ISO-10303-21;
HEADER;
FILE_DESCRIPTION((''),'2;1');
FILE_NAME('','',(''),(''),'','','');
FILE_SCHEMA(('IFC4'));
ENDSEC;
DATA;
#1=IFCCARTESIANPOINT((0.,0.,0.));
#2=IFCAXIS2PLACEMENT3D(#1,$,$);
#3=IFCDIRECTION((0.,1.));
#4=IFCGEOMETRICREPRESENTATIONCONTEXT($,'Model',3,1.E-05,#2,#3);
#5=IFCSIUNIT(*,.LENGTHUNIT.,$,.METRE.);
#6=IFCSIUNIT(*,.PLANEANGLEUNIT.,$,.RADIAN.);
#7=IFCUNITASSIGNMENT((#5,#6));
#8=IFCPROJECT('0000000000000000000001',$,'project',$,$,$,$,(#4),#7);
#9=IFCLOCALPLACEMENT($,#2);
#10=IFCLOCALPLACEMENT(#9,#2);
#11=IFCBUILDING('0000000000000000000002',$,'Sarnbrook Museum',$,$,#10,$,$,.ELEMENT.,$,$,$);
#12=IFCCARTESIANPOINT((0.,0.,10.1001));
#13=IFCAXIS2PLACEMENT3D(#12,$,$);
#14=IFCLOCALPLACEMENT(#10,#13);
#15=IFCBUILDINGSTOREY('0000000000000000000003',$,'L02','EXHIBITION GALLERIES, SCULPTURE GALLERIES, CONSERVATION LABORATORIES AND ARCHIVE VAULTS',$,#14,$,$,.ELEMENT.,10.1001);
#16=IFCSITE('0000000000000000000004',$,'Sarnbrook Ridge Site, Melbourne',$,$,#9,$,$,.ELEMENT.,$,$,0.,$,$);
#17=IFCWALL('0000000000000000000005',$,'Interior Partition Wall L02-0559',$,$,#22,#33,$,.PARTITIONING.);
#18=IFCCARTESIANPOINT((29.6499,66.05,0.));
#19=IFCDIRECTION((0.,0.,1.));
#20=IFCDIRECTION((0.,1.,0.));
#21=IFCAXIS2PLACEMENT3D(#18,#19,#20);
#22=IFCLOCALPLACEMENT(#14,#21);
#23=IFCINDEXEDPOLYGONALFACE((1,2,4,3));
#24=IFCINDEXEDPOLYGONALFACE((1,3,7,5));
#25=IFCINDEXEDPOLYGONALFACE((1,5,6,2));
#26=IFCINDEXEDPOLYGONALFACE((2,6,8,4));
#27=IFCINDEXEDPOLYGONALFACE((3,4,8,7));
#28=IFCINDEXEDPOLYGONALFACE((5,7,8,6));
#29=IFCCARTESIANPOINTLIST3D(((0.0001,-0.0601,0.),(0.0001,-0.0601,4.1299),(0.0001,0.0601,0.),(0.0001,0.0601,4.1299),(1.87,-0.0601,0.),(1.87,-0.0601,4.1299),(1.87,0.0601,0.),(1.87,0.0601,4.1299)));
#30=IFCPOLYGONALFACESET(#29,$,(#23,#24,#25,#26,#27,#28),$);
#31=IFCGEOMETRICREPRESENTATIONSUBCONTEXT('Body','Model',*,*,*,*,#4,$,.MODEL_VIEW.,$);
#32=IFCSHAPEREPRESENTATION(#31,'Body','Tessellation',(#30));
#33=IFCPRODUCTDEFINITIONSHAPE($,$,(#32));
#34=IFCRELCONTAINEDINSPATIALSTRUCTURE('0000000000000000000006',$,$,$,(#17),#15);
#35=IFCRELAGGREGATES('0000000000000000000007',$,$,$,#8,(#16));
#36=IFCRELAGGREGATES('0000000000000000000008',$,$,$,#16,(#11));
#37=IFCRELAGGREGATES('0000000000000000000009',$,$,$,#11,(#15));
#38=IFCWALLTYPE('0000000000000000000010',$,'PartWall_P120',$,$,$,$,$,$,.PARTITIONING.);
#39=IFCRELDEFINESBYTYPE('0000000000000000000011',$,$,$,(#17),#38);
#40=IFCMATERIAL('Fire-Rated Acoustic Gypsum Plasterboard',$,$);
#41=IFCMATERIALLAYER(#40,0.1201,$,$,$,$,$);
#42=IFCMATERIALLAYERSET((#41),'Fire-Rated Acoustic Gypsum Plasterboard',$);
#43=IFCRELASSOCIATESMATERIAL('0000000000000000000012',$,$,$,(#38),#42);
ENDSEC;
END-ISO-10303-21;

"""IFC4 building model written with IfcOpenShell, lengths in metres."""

from ifc_helpers import new_model, si_unit, direction, frame, frame_2d, origin, place, context, subcontext, project, spatial, rectangle, extrude, material, layer, layer_set, type_object, element, save


model = new_model("IFC4")

# Units and contexts
model_context = context("Model", 3, precision=1e-05, world=origin(), true_north=direction((0.0, 1.0)))
body_context = subcontext(model_context, "Body", "Model", "MODEL_VIEW")
ifc_project = project(units=[si_unit("LENGTHUNIT", "METRE"), si_unit("PLANEANGLEUNIT", "RADIAN")], contexts=[model_context])

# Site, building, storey
site_placement = place(None, origin())
site = spatial("IfcSite", under=ifc_project, at=site_placement, Name="Sarnbrook Ridge Site, Melbourne", CompositionType="ELEMENT", RefElevation=0.0)
building_placement = place(site_placement, origin())
building = spatial("IfcBuilding", under=site, at=building_placement, Name="Sarnbrook Museum", CompositionType="ELEMENT")
storey_placement = place(building_placement, frame((0.0, 0.0, 10.1001)))
storey = spatial("IfcBuildingStorey", under=building, at=storey_placement, Name="L02", Description="EXHIBITION GALLERIES, SCULPTURE GALLERIES, CONSERVATION LABORATORIES AND ARCHIVE VAULTS", CompositionType="ELEMENT", Elevation=10.1001)

# Wall
ifc_material_1 = material(Name="Fire-Rated Acoustic Gypsum Plasterboard")
ifc_layer_1 = layer(ifc_material_1, 0.1201)
ifc_layer_set_1 = layer_set([ifc_layer_1], Name="Fire-Rated Acoustic Gypsum Plasterboard")
wall_type_1 = type_object("IfcWallType", Name="PartWall_P120", PredefinedType="PARTITIONING", material=ifc_layer_set_1)
wall_1_placement = place(storey_placement, frame((29.6499, 66.05, 0.0), z_axis=(0.0, 0.0, 1.0), x_axis=(0.0, 1.0, 0.0)))
element("IfcWall", 1, at=wall_1_placement, inside=storey, type_object=wall_type_1, Name="Interior Partition Wall L02-0559", PredefinedType="PARTITIONING", context=body_context, shape_type="SweptSolid", body=[
    extrude(rectangle(XDim=1.8699, YDim=0.1201, at=frame_2d((0.9351, 0.0))), origin(), (0.0, 0.0, 1.0), 4.1299),
])

save(model, "model.ifc")
